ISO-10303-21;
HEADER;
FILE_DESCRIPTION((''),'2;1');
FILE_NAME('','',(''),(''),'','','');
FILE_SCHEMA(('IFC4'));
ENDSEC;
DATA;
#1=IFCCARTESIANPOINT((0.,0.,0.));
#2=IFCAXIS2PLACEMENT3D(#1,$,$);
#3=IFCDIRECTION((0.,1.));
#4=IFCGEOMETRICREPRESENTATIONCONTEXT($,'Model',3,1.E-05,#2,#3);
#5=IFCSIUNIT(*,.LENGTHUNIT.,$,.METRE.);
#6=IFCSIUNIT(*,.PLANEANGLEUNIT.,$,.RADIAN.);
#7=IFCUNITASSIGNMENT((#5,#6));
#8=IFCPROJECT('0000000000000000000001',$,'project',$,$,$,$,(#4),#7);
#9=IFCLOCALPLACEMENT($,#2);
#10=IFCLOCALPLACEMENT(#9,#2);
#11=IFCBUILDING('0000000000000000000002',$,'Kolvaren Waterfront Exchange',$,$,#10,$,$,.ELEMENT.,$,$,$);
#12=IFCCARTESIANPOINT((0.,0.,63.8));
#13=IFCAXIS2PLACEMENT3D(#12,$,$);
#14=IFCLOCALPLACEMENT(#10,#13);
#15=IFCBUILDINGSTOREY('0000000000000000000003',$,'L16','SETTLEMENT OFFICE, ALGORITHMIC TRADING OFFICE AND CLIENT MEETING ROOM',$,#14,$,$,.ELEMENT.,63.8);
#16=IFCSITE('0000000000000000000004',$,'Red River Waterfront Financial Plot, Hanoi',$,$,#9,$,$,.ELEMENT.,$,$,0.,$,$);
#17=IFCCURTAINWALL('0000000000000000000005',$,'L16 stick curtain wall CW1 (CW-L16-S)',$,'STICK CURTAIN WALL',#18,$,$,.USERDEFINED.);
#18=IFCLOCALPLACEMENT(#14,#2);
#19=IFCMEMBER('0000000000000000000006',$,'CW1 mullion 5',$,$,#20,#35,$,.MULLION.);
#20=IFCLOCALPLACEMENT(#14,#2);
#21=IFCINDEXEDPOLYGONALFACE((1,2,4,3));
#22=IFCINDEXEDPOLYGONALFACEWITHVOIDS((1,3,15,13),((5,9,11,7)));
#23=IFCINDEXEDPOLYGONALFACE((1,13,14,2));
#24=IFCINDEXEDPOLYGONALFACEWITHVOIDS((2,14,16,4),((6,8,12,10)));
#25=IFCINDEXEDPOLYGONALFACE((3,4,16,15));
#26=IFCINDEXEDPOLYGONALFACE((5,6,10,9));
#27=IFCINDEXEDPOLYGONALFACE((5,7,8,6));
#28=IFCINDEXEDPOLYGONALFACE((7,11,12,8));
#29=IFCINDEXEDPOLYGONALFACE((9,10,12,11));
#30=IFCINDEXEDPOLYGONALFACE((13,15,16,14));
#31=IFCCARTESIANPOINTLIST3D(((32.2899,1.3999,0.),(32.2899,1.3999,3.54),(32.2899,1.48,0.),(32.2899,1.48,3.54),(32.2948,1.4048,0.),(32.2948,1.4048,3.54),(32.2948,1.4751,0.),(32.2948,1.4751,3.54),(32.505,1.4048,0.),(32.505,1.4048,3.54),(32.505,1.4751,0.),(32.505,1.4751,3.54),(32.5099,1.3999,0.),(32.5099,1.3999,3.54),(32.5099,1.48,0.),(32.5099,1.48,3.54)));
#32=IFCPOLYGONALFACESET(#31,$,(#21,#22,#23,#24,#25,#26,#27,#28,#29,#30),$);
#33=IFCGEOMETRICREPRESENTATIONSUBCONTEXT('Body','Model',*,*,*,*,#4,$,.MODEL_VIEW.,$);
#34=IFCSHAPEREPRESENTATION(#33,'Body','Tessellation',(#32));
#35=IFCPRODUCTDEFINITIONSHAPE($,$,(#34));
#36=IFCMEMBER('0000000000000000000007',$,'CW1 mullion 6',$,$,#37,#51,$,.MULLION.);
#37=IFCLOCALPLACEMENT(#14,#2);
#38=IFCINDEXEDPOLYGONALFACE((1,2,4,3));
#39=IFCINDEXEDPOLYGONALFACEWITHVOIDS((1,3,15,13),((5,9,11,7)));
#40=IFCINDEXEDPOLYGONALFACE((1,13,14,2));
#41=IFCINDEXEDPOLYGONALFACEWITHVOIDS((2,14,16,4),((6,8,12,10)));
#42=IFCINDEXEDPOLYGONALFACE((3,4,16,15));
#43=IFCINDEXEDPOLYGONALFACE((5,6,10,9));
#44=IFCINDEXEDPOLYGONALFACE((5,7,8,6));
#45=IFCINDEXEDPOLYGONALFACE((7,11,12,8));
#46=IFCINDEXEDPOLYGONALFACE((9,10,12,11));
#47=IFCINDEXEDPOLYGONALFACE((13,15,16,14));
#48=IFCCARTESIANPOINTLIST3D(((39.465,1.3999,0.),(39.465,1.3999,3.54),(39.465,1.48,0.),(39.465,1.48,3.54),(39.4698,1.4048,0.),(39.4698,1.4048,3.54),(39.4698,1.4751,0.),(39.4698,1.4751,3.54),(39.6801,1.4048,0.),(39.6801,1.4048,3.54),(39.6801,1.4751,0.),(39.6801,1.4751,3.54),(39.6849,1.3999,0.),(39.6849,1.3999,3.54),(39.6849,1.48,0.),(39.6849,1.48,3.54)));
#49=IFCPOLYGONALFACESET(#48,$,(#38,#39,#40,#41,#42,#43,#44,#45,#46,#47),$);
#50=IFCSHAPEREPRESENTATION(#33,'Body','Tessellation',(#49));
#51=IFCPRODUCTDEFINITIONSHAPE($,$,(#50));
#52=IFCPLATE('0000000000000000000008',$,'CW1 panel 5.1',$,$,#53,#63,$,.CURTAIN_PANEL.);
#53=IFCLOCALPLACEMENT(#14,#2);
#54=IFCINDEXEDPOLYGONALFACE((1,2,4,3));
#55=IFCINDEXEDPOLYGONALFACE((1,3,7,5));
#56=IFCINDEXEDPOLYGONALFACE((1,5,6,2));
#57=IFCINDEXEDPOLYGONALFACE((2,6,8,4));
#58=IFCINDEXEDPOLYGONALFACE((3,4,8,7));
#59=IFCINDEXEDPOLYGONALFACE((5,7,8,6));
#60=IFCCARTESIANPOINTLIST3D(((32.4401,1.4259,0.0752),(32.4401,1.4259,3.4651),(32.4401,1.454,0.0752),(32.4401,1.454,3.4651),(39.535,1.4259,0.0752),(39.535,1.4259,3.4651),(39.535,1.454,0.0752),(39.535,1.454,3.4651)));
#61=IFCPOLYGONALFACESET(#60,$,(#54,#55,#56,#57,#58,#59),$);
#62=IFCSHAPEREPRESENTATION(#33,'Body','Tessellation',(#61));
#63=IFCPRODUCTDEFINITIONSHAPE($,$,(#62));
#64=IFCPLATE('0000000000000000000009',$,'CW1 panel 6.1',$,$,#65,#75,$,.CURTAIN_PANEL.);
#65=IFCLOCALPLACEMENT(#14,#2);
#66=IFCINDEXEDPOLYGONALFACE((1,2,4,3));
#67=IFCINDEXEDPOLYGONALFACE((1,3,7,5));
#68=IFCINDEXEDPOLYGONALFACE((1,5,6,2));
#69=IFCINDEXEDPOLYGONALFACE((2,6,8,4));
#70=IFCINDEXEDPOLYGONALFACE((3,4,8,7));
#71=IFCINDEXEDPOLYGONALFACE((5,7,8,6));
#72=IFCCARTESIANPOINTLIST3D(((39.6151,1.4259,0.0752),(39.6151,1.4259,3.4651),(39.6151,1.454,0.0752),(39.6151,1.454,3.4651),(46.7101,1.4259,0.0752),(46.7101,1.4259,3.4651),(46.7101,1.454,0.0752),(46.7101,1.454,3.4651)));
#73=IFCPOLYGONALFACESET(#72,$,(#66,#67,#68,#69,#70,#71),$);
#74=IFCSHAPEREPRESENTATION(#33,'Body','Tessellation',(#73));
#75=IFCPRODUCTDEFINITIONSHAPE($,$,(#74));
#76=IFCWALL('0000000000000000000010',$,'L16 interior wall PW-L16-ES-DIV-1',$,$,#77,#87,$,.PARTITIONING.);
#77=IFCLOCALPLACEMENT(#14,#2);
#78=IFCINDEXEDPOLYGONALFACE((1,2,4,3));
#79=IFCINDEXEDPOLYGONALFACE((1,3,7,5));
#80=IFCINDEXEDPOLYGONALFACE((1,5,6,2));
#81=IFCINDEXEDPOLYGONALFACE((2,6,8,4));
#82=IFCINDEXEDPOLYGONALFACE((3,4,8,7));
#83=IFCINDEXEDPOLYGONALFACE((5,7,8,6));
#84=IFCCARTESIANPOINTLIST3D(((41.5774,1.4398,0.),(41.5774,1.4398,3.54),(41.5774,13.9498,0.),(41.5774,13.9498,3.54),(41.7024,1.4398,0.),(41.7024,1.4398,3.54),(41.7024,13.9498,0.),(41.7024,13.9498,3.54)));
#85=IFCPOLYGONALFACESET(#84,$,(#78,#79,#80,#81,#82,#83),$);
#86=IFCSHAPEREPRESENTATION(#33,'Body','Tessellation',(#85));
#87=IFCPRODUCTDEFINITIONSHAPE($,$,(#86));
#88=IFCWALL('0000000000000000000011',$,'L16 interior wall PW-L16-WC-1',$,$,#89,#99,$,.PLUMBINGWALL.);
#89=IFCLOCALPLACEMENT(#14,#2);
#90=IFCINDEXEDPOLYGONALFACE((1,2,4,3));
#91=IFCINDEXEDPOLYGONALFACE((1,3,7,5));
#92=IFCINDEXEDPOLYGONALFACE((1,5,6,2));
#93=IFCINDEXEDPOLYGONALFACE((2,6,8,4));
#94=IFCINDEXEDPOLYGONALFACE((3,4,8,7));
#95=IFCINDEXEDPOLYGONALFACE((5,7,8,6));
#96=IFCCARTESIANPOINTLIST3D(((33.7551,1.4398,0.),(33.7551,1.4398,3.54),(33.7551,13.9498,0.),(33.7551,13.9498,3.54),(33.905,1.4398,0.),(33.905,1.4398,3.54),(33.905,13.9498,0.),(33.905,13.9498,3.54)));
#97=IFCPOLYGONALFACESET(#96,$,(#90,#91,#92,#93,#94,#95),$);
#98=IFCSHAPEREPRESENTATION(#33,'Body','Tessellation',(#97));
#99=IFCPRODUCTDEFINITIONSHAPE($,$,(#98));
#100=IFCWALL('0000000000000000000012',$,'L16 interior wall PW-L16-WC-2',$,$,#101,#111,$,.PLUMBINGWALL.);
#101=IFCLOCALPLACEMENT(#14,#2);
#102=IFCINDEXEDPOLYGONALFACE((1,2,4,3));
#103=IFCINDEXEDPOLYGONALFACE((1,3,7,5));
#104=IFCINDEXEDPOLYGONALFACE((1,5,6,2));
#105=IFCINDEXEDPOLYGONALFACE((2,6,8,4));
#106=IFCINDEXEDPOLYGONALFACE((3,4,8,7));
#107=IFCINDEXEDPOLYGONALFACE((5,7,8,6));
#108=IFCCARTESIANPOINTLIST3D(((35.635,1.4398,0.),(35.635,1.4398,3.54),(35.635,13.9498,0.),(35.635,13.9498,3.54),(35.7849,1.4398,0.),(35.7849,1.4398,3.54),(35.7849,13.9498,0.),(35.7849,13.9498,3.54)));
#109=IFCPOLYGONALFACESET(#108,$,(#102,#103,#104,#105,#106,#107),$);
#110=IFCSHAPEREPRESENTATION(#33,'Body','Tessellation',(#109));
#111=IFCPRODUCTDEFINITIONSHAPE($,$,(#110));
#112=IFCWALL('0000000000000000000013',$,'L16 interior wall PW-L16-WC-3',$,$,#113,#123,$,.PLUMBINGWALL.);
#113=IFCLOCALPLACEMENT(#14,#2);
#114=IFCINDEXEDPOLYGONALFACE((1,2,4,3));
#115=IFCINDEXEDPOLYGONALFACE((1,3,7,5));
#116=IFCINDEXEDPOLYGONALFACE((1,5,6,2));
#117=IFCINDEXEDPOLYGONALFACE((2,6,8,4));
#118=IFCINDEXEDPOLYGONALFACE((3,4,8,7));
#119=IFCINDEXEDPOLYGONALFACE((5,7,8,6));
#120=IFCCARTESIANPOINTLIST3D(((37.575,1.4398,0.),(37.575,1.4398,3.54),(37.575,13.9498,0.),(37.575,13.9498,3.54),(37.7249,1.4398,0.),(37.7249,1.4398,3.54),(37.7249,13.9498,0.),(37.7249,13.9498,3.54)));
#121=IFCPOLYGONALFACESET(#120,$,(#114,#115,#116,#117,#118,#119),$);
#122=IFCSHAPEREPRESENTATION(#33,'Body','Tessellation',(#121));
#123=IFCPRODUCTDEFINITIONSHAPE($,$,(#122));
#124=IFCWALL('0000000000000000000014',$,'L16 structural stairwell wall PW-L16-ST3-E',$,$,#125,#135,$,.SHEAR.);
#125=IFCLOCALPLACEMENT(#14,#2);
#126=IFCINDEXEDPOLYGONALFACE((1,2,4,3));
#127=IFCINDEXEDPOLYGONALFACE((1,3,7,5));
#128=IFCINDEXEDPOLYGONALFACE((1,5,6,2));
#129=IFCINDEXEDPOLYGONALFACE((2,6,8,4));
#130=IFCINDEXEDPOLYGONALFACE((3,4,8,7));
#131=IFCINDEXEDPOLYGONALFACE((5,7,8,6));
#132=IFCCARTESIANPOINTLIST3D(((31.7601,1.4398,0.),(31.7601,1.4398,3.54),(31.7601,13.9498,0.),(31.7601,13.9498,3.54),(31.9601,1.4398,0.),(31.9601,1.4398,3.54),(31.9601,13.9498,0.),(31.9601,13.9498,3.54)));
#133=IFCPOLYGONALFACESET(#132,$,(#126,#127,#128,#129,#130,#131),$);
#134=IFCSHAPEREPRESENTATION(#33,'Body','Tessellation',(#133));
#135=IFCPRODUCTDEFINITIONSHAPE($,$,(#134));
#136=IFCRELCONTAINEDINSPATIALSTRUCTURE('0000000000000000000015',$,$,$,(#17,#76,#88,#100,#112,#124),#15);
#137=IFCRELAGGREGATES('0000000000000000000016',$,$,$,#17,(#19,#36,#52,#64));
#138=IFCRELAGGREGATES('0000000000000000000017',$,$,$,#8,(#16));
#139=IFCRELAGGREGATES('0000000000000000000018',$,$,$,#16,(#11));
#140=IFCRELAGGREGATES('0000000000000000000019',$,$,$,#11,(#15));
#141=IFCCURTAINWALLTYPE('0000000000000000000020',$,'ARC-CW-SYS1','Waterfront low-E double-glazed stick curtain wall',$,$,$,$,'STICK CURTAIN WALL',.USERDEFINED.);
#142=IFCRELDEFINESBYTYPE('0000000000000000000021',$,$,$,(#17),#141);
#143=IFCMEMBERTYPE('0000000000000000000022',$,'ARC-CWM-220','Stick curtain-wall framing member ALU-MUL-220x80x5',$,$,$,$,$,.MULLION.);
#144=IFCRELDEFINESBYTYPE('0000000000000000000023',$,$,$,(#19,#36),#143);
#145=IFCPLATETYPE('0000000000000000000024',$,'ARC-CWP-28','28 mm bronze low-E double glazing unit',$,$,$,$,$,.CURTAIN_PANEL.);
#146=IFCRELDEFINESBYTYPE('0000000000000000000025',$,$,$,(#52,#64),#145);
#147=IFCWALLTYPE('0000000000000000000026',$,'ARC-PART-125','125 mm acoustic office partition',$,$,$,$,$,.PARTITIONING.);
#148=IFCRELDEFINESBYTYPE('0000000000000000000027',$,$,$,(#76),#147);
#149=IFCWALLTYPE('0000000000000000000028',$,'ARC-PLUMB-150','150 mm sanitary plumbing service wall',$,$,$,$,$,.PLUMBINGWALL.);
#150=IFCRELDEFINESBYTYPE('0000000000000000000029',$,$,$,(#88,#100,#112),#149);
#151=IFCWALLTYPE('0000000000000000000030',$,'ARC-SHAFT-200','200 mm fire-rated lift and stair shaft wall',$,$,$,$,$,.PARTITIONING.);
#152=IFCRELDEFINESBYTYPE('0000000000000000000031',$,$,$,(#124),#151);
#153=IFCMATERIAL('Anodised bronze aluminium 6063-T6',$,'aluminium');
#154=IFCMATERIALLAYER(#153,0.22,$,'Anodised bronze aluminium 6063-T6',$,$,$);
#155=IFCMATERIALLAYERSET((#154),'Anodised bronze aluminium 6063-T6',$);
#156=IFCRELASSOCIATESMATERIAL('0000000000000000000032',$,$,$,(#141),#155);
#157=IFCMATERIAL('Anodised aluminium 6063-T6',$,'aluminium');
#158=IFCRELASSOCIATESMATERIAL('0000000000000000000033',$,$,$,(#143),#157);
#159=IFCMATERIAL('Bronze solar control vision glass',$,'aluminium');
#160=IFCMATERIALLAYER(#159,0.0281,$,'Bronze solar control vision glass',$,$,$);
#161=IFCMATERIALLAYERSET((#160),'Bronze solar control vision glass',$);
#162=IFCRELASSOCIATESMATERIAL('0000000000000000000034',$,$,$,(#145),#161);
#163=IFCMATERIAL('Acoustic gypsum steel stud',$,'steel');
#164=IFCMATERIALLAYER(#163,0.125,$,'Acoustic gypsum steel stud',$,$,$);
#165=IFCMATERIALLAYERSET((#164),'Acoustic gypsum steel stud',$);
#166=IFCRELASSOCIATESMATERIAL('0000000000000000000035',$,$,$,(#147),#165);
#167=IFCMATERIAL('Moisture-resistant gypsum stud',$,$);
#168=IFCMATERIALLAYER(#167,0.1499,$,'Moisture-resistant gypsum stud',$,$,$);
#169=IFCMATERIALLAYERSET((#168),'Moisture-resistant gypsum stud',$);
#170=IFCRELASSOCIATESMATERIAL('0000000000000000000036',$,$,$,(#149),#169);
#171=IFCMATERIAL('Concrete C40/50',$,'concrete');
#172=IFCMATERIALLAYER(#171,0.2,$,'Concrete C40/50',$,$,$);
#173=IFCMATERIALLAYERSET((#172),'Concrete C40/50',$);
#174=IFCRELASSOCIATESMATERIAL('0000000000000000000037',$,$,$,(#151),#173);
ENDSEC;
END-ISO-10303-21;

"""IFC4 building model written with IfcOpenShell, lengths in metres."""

from ifc_helpers import new_model, si_unit, direction, frame, frame_2d, origin, origin_with_axes, origin_2d, place, context, subcontext, project, spatial, rectangle, hollow_rectangle, extrude, source, transform, mapped, material, layer, layer_set, material_profile, profile_set, type_object, element, aggregate, save


model = new_model("IFC4")

# Units and contexts
model_context = context("Model", 3, precision=1e-05, world=origin(), true_north=direction((0.0, 1.0)))
body_context = subcontext(model_context, "Body", "Model", "MODEL_VIEW")
ifc_project = project(units=[si_unit("LENGTHUNIT", "METRE"), si_unit("PLANEANGLEUNIT", "RADIAN")], contexts=[model_context])

# Site, building, storey
site_placement = place(None, origin())
site = spatial("IfcSite", under=ifc_project, at=site_placement, Name="Red River Waterfront Financial Plot, Hanoi", CompositionType="ELEMENT", RefElevation=0.0)
building_placement = place(site_placement, origin())
building = spatial("IfcBuilding", under=site, at=building_placement, Name="Kolvaren Waterfront Exchange", CompositionType="ELEMENT")
storey_placement = place(building_placement, frame((0.0, 0.0, 63.8)))
storey = spatial("IfcBuildingStorey", under=building, at=storey_placement, Name="L16", Description="SETTLEMENT OFFICE, ALGORITHMIC TRADING OFFICE AND CLIENT MEETING ROOM", CompositionType="ELEMENT", Elevation=63.8)

# Curtain wall, members, plates
ifc_material_1 = material(Name="Anodised bronze aluminium 6063-T6", Category="aluminium")
ifc_layer_1 = layer(ifc_material_1, 0.22, Name="Anodised bronze aluminium 6063-T6")
ifc_layer_set_1 = layer_set([ifc_layer_1], Name="Anodised bronze aluminium 6063-T6")
curtain_wall_type = type_object("IfcCurtainWallType", Name="ARC-CW-SYS1", Description="Waterfront low-E double-glazed stick curtain wall", ElementType="STICK CURTAIN WALL", PredefinedType="USERDEFINED", material=ifc_layer_set_1)
curtain_wall_placement = place(storey_placement, origin())
curtain_wall = element("IfcCurtainWall", 1, at=curtain_wall_placement, inside=storey, type_object=curtain_wall_type, Name="L16 stick curtain wall CW1 (CW-L16-S)", ObjectType="STICK CURTAIN WALL", PredefinedType="USERDEFINED")
ifc_material_2 = material(Name="Anodised aluminium 6063-T6", Category="aluminium")
ifc_material_profile_1 = material_profile(ifc_material_2, hollow_rectangle(XDim=0.0801, YDim=0.22, WallThickness=0.0049, at=origin_2d()), Name="ALU-MUL-220x80x5")
ifc_profile_set_1 = profile_set([ifc_material_profile_1], Name="Anodised aluminium 6063-T6")
member_type_1 = type_object("IfcMemberType", Name="ARC-CWM-220", Description="Stick curtain-wall framing member ALU-MUL-220x80x5", PredefinedType="MULLION", material=ifc_profile_set_1)
shared_shape_1 = source(origin_with_axes(), body_context, "Body", "SweptSolid", [
    extrude(hollow_rectangle(XDim=0.0801, YDim=0.22, WallThickness=0.0049, at=origin_2d()), origin(), (0.0, 0.0, 1.0), 3.54),
])
member_1_placement = place(storey_placement, frame((32.3999, 1.4399, 0.0), z_axis=(0.0, 0.0, 1.0), x_axis=(0.0, 1.0, 0.0)))
member_1 = element("IfcMember", 2, at=member_1_placement, type_object=member_type_1, Name="CW1 mullion 5", PredefinedType="MULLION", context=body_context, shape_type="MappedRepresentation", body=[
    mapped(shared_shape_1, transform((0.0, 0.0, 0.0), x_axis=(1.0, 0.0, 0.0), y_axis=(0.0, 1.0, 0.0), z_axis=(0.0, 0.0, 1.0), scale=1.0)),
])
member_2_placement = place(storey_placement, frame((39.575, 1.4399, 0.0), z_axis=(0.0, 0.0, 1.0), x_axis=(0.0, 1.0, 0.0)))
member_2 = element("IfcMember", 3, at=member_2_placement, type_object=member_type_1, Name="CW1 mullion 6", PredefinedType="MULLION", context=body_context, shape_type="MappedRepresentation", body=[
    mapped(shared_shape_1, transform((0.0, 0.0, 0.0), x_axis=(1.0, 0.0, 0.0), y_axis=(0.0, 1.0, 0.0), z_axis=(0.0, 0.0, 1.0), scale=1.0)),
])
ifc_material_3 = material(Name="Bronze solar control vision glass", Category="aluminium")
ifc_layer_2 = layer(ifc_material_3, 0.0281, Name="Bronze solar control vision glass")
ifc_layer_set_2 = layer_set([ifc_layer_2], Name="Bronze solar control vision glass")
plate_type = type_object("IfcPlateType", Name="ARC-CWP-28", Description="28 mm bronze low-E double glazing unit", PredefinedType="CURTAIN_PANEL", material=ifc_layer_set_2)
shared_shape_2 = source(origin_with_axes(), body_context, "Body", "SweptSolid", [
    extrude(rectangle(XDim=7.095, YDim=0.0281, at=origin_2d()), origin(), (0.0, 0.0, 1.0), 3.3899),
])
plate_1_placement = place(storey_placement, frame((35.9875, 1.4399, 0.0752), z_axis=(0.0, 0.0, 1.0), x_axis=(1.0, 0.0, 0.0)))
plate_1 = element("IfcPlate", 4, at=plate_1_placement, type_object=plate_type, Name="CW1 panel 5.1", PredefinedType="CURTAIN_PANEL", context=body_context, shape_type="MappedRepresentation", body=[
    mapped(shared_shape_2, transform((0.0, 0.0, 0.0), x_axis=(1.0, 0.0, 0.0), y_axis=(0.0, 1.0, 0.0), z_axis=(0.0, 0.0, 1.0), scale=1.0)),
])
plate_2_placement = place(storey_placement, frame((43.1626, 1.4399, 0.0752), z_axis=(0.0, 0.0, 1.0), x_axis=(1.0, 0.0, 0.0)))
plate_2 = element("IfcPlate", 5, at=plate_2_placement, type_object=plate_type, Name="CW1 panel 6.1", PredefinedType="CURTAIN_PANEL", context=body_context, shape_type="MappedRepresentation", body=[
    mapped(shared_shape_2, transform((0.0, 0.0, 0.0), x_axis=(1.0, 0.0, 0.0), y_axis=(0.0, 1.0, 0.0), z_axis=(0.0, 0.0, 1.0), scale=1.0)),
])
aggregate(curtain_wall, [member_1, member_2, plate_1, plate_2])

# Walls
ifc_material_4 = material(Name="Acoustic gypsum steel stud", Category="steel")
ifc_layer_3 = layer(ifc_material_4, 0.125, Name="Acoustic gypsum steel stud")
ifc_layer_set_3 = layer_set([ifc_layer_3], Name="Acoustic gypsum steel stud")
wall_type_1 = type_object("IfcWallType", Name="ARC-PART-125", Description="125 mm acoustic office partition", PredefinedType="PARTITIONING", material=ifc_layer_set_3)
wall_1_placement = place(storey_placement, frame((41.6399, 1.4399, 0.0), z_axis=(0.0, 0.0, 1.0), x_axis=(0.0, 1.0, 0.0)))
element("IfcWall", 6, at=wall_1_placement, inside=storey, type_object=wall_type_1, Name="L16 interior wall PW-L16-ES-DIV-1", PredefinedType="PARTITIONING", context=body_context, shape_type="SweptSolid", body=[
    extrude(rectangle(XDim=12.51, YDim=0.125, at=frame_2d((6.2549, 0.0))), origin(), (0.0, 0.0, 1.0), 3.54),
])
ifc_material_5 = material(Name="Moisture-resistant gypsum stud")
ifc_layer_4 = layer(ifc_material_5, 0.1499, Name="Moisture-resistant gypsum stud")
ifc_layer_set_4 = layer_set([ifc_layer_4], Name="Moisture-resistant gypsum stud")
wall_type_2 = type_object("IfcWallType", Name="ARC-PLUMB-150", Description="150 mm sanitary plumbing service wall", PredefinedType="PLUMBINGWALL", material=ifc_layer_set_4)
for number, where, z_axis, x_axis, name in (
    (7, (33.8301, 1.4399, 0.0), (0.0, 0.0, 1.0), (0.0, 1.0, 0.0), "L16 interior wall PW-L16-WC-1"),
    (8, (35.71, 1.4399, 0.0), (0.0, 0.0, 1.0), (0.0, 1.0, 0.0), "L16 interior wall PW-L16-WC-2"),
    (9, (37.6499, 1.4399, 0.0), (0.0, 0.0, 1.0), (0.0, 1.0, 0.0), "L16 interior wall PW-L16-WC-3"),
):
    element("IfcWall", number, at=place(storey_placement, frame(where, z_axis=z_axis, x_axis=x_axis)), inside=storey, type_object=wall_type_2, Name=name, PredefinedType="PLUMBINGWALL", context=body_context, shape_type="SweptSolid", body=[
        extrude(rectangle(XDim=12.51, YDim=0.1499, at=frame_2d((6.2549, 0.0))), origin(), (0.0, 0.0, 1.0), 3.54),
    ])
ifc_material_6 = material(Name="Concrete C40/50", Category="concrete")
ifc_layer_5 = layer(ifc_material_6, 0.2, Name="Concrete C40/50")
ifc_layer_set_5 = layer_set([ifc_layer_5], Name="Concrete C40/50")
wall_type_3 = type_object("IfcWallType", Name="ARC-SHAFT-200", Description="200 mm fire-rated lift and stair shaft wall", PredefinedType="PARTITIONING", material=ifc_layer_set_5)
wall_2_placement = place(storey_placement, frame((31.8601, 1.4399, 0.0), z_axis=(0.0, 0.0, 1.0), x_axis=(0.0, 1.0, 0.0)))
element("IfcWall", 10, at=wall_2_placement, inside=storey, type_object=wall_type_3, Name="L16 structural stairwell wall PW-L16-ST3-E", PredefinedType="SHEAR", context=body_context, shape_type="SweptSolid", body=[
    extrude(rectangle(XDim=12.51, YDim=0.2, at=frame_2d((6.2549, 0.0))), origin(), (0.0, 0.0, 1.0), 3.54),
])

save(model, "model.ifc")
